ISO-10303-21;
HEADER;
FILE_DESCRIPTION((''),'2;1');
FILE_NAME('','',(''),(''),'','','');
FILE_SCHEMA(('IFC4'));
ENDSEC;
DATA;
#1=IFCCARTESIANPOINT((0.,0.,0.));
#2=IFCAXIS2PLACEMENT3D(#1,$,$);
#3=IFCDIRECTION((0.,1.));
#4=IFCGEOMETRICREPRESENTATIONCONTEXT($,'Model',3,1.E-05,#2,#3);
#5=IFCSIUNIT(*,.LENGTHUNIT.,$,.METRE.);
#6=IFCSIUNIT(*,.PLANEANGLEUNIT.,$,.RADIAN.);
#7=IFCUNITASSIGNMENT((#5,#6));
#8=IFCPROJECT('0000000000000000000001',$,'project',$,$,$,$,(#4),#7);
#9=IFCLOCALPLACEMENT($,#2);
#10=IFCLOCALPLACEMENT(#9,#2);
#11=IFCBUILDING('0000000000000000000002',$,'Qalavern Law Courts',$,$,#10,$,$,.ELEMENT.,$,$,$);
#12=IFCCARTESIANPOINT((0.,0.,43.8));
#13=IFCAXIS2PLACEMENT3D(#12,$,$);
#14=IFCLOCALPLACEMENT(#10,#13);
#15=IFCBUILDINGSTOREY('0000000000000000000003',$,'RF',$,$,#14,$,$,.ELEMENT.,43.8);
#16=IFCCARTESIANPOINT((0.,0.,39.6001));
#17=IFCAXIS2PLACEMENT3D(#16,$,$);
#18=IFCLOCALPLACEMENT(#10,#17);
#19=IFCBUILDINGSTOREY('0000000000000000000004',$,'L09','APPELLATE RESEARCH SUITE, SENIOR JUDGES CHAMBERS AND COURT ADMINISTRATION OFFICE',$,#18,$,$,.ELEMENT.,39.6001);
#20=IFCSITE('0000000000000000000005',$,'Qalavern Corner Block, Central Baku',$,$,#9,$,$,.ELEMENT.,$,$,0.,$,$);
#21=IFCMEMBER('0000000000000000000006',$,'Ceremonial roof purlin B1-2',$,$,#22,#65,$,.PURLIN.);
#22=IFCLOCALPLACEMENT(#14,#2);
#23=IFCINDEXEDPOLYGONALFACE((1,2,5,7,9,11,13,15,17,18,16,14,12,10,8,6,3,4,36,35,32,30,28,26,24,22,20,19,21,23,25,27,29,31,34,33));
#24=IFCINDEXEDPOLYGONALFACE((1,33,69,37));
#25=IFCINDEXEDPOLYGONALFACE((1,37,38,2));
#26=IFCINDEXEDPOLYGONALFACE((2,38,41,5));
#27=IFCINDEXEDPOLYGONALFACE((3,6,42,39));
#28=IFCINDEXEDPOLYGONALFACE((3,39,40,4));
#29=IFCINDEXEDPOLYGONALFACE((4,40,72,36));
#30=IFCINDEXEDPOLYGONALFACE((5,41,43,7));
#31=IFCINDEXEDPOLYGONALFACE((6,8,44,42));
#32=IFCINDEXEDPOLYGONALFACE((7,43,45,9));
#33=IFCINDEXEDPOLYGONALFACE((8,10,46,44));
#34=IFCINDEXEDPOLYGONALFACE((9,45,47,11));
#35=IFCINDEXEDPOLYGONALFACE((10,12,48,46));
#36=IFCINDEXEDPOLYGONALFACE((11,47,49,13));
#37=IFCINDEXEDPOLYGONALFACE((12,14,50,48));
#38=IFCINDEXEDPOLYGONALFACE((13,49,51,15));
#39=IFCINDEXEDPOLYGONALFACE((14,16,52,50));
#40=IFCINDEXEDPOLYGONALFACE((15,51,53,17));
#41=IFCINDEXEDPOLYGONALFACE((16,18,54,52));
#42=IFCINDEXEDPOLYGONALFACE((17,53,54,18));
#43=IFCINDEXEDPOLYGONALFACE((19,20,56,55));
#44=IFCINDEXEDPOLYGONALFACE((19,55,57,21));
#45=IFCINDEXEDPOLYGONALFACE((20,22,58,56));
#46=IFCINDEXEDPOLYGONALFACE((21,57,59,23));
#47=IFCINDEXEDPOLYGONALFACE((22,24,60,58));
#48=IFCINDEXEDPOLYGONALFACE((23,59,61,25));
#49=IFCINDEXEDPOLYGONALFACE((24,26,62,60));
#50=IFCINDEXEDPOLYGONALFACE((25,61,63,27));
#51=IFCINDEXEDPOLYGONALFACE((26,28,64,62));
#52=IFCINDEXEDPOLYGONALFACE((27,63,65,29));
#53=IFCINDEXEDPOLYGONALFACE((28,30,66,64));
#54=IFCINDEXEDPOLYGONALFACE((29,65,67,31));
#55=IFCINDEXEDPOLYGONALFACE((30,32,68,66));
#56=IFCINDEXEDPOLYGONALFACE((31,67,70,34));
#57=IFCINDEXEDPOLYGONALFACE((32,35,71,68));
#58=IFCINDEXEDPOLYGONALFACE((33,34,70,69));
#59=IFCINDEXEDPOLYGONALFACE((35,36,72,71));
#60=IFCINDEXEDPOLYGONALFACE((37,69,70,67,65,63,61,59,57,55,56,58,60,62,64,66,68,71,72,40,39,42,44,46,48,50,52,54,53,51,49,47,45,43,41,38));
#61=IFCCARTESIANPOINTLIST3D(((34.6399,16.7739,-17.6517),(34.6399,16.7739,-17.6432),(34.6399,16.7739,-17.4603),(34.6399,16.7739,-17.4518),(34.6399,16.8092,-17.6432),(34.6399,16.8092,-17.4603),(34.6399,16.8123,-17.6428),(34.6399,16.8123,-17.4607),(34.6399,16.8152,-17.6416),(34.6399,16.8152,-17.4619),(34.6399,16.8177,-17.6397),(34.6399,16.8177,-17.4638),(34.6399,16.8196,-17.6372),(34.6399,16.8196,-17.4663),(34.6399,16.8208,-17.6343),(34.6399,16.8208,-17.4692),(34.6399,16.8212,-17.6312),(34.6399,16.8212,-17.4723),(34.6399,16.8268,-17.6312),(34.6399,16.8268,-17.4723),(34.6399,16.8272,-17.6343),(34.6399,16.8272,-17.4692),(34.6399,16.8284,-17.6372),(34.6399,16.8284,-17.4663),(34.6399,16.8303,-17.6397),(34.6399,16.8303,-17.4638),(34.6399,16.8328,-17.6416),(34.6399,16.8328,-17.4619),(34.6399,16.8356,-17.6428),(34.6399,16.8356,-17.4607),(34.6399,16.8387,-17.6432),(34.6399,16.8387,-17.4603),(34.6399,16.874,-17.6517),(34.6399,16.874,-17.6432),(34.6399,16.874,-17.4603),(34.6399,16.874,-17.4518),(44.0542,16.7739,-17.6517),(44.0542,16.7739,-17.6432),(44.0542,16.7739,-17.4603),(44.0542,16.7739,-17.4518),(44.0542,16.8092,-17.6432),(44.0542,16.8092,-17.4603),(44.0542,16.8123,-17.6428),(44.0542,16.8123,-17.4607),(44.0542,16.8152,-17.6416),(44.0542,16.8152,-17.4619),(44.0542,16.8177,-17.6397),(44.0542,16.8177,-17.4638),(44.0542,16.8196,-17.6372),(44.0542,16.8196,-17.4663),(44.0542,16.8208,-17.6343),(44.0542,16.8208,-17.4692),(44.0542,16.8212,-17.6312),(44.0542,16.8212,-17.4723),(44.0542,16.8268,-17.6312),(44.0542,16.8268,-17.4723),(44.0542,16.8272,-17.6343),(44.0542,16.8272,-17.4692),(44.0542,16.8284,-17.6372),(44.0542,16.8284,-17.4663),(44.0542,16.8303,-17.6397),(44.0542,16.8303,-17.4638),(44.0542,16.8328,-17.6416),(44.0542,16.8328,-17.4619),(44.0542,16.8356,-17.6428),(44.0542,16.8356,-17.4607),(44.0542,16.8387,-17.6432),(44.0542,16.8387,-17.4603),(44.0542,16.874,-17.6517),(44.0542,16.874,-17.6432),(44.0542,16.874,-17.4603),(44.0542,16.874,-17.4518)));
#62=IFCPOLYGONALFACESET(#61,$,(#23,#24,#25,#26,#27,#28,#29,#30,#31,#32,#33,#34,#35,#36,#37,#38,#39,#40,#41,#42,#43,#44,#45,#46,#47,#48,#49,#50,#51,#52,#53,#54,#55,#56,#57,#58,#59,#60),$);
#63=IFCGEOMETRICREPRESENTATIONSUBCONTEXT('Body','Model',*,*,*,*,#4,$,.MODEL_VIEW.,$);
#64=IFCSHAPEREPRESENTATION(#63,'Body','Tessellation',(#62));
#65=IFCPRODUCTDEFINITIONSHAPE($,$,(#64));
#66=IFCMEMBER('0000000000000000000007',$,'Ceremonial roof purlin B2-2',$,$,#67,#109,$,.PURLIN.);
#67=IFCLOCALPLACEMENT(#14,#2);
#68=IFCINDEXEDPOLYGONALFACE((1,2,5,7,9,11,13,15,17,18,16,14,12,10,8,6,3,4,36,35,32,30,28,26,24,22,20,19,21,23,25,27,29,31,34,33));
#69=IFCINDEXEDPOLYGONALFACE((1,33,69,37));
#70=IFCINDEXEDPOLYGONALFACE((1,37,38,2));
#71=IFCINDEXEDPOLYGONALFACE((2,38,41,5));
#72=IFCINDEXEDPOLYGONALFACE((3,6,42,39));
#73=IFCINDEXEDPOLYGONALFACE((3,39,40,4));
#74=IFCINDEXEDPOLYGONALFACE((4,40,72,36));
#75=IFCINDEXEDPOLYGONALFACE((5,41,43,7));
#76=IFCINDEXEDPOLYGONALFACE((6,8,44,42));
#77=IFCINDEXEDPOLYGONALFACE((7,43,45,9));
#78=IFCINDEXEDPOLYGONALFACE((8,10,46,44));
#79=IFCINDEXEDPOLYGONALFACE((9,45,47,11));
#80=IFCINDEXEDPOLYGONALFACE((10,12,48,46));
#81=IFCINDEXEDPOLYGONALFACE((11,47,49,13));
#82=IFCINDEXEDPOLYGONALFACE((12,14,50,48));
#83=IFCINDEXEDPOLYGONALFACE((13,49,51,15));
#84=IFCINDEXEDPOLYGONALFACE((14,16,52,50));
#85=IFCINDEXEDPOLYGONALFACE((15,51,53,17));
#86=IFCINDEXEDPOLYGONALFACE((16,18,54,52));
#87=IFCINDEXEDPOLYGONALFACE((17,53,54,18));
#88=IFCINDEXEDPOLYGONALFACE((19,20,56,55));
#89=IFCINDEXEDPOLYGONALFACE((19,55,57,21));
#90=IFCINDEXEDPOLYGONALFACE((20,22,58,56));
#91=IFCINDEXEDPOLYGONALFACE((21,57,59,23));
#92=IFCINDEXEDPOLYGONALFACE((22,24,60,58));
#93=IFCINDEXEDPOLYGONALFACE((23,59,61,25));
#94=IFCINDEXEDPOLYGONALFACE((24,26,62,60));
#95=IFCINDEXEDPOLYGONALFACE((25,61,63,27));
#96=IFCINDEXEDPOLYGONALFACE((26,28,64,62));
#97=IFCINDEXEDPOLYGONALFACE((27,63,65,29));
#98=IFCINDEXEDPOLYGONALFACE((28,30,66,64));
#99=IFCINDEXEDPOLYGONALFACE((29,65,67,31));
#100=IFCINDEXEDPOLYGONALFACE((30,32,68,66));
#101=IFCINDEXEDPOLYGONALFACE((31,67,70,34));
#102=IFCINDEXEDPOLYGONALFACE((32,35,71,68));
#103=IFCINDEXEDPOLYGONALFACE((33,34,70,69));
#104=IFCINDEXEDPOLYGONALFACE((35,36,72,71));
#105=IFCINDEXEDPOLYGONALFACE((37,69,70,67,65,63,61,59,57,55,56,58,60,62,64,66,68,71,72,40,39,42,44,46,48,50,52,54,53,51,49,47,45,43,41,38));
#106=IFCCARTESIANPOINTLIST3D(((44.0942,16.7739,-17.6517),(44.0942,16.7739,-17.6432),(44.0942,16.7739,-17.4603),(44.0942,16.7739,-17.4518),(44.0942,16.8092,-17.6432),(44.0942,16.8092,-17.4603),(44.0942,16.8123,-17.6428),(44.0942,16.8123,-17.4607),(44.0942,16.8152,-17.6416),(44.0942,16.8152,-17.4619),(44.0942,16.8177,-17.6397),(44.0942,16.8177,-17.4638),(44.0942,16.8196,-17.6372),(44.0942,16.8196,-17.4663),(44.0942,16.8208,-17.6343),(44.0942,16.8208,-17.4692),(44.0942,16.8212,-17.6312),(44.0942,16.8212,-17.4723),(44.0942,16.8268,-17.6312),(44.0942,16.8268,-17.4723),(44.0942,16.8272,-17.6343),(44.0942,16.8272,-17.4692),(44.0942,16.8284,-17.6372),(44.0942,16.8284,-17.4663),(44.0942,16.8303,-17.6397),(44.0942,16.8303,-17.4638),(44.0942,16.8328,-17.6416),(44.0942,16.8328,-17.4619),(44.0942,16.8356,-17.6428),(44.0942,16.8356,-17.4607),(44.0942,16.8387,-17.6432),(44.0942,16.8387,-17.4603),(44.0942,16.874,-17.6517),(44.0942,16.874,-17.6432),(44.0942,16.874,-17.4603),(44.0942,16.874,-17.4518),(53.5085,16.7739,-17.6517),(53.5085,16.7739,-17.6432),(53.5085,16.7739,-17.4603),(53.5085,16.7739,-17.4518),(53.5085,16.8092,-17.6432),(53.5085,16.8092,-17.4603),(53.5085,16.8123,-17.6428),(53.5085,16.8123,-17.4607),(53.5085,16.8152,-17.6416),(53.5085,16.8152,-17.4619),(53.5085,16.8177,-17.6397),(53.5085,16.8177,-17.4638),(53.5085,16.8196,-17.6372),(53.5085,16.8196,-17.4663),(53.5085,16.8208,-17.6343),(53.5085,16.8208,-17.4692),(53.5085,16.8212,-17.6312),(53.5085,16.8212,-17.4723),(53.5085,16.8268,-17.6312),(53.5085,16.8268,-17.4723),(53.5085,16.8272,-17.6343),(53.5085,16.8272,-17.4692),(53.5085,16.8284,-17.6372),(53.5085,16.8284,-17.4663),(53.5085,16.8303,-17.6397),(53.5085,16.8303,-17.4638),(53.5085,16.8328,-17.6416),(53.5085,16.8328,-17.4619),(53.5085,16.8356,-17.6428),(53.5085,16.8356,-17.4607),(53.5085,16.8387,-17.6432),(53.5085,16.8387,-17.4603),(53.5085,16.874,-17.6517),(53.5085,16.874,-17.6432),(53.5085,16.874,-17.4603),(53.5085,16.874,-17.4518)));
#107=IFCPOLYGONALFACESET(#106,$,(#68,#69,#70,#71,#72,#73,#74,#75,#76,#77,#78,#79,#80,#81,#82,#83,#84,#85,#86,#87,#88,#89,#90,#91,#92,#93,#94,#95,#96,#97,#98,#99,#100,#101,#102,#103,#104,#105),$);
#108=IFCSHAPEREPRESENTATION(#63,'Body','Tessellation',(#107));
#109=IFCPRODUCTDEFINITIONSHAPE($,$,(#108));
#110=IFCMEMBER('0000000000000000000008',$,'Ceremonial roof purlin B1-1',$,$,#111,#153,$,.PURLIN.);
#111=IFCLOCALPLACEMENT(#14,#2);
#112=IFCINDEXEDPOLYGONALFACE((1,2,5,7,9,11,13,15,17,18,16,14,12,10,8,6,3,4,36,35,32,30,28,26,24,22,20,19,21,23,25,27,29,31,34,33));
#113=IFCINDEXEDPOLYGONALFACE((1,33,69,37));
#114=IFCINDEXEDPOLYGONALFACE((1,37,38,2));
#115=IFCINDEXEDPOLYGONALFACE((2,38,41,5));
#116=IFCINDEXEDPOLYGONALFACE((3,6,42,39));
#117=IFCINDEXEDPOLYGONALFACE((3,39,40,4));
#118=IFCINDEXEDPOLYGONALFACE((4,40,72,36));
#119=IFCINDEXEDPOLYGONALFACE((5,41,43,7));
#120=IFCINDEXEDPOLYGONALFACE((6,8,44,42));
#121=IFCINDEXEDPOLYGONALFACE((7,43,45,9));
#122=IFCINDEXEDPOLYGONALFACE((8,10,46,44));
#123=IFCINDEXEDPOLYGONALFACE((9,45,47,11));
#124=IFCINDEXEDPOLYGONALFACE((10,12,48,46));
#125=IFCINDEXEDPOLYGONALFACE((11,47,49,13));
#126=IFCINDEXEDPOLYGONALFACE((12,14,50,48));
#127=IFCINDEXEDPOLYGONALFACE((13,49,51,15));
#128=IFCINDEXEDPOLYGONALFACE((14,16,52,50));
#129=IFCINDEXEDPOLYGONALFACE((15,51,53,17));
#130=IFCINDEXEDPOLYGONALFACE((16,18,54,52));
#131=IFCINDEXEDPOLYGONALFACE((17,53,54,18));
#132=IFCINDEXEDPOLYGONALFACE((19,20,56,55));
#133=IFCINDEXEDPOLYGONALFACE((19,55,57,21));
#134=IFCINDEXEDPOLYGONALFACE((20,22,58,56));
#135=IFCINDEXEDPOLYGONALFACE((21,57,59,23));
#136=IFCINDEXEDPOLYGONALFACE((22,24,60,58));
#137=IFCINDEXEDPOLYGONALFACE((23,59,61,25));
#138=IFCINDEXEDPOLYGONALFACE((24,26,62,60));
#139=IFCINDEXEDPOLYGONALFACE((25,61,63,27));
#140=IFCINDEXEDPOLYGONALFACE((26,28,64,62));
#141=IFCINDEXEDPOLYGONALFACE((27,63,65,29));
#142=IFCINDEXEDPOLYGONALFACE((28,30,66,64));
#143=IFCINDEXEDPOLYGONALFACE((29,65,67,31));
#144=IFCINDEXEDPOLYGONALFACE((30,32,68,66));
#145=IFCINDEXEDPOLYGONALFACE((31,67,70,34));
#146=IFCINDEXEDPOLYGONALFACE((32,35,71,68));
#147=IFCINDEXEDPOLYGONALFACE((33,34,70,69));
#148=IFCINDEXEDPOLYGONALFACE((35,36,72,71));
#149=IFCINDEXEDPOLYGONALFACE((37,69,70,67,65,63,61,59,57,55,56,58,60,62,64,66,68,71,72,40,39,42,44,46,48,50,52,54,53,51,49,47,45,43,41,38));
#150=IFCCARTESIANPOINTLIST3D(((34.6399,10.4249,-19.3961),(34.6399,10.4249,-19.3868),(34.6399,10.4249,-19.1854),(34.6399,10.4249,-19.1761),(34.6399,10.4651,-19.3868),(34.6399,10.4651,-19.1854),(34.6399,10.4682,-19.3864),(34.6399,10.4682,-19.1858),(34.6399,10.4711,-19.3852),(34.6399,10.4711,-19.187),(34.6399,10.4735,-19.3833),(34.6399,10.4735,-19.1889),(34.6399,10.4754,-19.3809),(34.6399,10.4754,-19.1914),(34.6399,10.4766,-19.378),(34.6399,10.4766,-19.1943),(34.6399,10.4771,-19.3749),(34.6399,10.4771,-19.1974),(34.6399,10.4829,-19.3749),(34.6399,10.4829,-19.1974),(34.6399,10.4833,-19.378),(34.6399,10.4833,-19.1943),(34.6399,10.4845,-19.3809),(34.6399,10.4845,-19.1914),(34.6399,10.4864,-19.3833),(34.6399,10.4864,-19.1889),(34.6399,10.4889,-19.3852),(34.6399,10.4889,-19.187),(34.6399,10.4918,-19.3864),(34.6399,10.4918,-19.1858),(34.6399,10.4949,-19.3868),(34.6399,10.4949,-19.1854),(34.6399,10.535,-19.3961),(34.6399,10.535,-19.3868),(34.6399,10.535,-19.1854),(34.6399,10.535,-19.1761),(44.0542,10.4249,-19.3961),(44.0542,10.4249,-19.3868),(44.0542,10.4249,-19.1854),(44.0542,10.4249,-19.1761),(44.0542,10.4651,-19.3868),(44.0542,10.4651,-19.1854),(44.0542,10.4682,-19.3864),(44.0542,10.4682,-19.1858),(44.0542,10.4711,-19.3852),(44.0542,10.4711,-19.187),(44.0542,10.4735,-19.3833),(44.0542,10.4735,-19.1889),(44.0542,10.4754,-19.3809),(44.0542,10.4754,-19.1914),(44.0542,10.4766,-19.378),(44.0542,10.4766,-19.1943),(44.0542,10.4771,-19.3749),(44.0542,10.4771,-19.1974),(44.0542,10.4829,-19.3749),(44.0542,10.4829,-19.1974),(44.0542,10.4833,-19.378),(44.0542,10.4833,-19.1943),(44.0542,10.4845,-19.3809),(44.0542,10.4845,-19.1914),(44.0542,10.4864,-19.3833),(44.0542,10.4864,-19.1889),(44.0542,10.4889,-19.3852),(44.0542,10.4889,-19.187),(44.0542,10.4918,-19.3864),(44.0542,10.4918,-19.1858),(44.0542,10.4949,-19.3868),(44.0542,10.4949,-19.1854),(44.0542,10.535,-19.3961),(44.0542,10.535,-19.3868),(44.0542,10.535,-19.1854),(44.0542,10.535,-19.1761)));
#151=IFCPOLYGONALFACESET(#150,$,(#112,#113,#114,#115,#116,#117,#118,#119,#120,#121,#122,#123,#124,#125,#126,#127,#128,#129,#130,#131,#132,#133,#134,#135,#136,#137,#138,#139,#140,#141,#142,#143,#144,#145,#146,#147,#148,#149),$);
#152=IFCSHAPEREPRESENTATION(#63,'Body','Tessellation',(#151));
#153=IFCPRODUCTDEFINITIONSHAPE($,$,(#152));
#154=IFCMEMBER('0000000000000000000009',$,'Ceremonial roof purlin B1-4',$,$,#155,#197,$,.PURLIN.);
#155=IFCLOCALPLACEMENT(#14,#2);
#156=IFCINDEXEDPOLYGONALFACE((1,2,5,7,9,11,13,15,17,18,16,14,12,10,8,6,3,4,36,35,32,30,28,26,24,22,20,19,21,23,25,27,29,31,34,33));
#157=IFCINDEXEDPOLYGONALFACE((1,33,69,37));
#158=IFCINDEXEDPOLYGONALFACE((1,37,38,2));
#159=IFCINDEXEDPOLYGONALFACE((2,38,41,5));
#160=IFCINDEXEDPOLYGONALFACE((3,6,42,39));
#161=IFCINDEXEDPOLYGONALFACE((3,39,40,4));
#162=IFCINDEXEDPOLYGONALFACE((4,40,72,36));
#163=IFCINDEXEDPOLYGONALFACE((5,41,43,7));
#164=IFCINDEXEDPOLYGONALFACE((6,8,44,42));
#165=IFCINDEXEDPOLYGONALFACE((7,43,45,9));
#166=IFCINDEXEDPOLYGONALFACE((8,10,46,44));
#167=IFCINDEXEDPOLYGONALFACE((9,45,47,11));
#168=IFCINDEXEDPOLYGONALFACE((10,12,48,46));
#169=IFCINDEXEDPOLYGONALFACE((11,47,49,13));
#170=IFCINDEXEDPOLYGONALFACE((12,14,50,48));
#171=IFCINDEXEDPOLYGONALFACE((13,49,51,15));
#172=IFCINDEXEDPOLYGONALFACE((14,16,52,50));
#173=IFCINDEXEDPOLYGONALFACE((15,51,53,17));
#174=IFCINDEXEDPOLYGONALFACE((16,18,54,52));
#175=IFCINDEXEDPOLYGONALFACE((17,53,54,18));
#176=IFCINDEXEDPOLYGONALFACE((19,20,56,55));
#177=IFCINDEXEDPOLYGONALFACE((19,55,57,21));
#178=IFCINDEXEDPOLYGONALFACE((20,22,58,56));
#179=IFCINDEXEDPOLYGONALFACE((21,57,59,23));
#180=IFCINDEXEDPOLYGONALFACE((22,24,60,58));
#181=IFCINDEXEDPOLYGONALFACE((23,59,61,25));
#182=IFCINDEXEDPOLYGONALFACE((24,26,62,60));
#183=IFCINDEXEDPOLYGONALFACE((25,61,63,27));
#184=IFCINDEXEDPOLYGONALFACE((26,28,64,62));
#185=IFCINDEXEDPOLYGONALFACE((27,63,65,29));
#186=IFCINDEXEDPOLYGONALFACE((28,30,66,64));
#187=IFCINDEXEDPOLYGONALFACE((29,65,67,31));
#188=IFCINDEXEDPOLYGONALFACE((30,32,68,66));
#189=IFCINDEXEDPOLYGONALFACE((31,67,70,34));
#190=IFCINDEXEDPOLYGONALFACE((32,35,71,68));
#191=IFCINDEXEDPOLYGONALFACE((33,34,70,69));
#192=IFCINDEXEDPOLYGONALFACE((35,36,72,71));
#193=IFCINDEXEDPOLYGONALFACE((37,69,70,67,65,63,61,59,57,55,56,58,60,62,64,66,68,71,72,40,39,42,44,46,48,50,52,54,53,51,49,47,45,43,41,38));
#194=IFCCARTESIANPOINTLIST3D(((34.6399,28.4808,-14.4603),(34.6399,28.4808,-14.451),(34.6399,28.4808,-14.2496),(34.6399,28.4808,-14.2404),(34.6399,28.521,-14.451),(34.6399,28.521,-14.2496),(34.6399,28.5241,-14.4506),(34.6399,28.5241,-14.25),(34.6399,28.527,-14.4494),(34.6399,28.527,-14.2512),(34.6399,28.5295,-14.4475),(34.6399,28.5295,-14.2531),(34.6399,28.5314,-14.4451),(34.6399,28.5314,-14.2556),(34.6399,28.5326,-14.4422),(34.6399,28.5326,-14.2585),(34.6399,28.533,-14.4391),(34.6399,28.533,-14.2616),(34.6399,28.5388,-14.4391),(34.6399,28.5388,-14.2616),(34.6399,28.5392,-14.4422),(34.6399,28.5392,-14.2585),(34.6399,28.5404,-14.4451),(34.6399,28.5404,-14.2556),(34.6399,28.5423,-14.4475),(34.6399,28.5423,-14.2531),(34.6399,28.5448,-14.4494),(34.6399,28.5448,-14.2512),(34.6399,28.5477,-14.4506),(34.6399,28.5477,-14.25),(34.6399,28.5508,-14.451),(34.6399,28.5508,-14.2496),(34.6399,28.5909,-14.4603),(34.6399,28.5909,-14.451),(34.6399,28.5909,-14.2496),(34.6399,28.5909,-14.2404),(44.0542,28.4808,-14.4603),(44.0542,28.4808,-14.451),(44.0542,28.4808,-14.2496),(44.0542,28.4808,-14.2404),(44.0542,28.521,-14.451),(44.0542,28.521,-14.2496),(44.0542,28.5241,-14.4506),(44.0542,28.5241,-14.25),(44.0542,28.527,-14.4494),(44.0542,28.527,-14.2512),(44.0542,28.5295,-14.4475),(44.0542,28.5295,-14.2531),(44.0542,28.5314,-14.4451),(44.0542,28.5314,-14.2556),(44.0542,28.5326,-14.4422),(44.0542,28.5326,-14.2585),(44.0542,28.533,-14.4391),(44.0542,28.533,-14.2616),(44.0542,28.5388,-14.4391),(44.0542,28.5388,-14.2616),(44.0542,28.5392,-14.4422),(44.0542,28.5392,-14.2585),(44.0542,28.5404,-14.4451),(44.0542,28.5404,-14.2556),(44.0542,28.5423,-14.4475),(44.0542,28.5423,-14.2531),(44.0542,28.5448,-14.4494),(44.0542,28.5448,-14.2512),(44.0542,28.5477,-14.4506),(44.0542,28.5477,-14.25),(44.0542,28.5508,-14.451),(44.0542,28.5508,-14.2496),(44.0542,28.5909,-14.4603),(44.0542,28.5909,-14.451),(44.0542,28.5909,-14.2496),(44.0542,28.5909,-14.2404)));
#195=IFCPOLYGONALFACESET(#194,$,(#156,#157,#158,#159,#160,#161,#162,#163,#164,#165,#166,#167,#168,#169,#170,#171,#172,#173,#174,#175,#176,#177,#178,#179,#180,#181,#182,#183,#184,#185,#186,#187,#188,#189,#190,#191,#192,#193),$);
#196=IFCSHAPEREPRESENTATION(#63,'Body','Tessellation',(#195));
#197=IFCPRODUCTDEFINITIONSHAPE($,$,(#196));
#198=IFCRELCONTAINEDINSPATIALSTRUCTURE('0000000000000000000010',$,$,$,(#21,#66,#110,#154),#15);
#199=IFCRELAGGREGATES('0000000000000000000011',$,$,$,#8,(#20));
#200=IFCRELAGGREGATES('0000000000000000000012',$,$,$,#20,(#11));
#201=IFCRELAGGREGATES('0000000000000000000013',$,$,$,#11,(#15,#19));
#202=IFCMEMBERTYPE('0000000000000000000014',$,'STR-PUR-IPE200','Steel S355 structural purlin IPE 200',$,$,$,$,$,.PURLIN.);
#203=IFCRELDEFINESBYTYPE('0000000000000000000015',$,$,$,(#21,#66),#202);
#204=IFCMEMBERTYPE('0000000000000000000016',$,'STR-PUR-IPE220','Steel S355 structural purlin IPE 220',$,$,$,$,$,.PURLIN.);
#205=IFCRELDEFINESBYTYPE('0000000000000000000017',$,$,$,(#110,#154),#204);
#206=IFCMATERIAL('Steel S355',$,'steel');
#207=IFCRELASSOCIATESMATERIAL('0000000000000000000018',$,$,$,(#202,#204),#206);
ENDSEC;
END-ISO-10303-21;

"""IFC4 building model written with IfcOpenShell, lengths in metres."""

from ifc_helpers import new_model, si_unit, direction, frame, origin, origin_2d, place, context, subcontext, project, spatial, i_section, extrude, material, material_profile, profile_set, type_object, element, save


model = new_model("IFC4")

# Units and contexts
model_context = context("Model", 3, precision=1e-05, world=origin(), true_north=direction((0.0, 1.0)))
body_context = subcontext(model_context, "Body", "Model", "MODEL_VIEW")
ifc_project = project(units=[si_unit("LENGTHUNIT", "METRE"), si_unit("PLANEANGLEUNIT", "RADIAN")], contexts=[model_context])

# Site, building, storey
site_placement = place(None, origin())
site = spatial("IfcSite", under=ifc_project, at=site_placement, Name="Qalavern Corner Block, Central Baku", CompositionType="ELEMENT", RefElevation=0.0)
building_placement = place(site_placement, origin())
building = spatial("IfcBuilding", under=site, at=building_placement, Name="Qalavern Law Courts", CompositionType="ELEMENT")
storey_1_placement = place(building_placement, frame((0.0, 0.0, 43.8)))
storey_1 = spatial("IfcBuildingStorey", under=building, at=storey_1_placement, Name="RF", CompositionType="ELEMENT", Elevation=43.8)

# Shared definitions
ifc_material_1 = material(Name="Steel S355", Category="steel")

# Members
ifc_material_profile_1 = material_profile(ifc_material_1, i_section(OverallWidth=0.1001, OverallDepth=0.2, WebThickness=0.0056, FlangeThickness=0.0085, FilletRadius=0.012, at=origin_2d()), Name="IPE 200")
ifc_profile_set_1 = profile_set([ifc_material_profile_1], Name="Steel S355")
member_type_1 = type_object("IfcMemberType", Name="STR-PUR-IPE200", Description="Steel S355 structural purlin IPE 200", PredefinedType="PURLIN", material=ifc_profile_set_1)
for number, where, z_axis, x_axis, name in (
    (1, (34.6399, 16.824, -17.5518), (1.0, 0.0, 0.0), (0.0, 1.0, 0.0), "Ceremonial roof purlin B1-2"),
    (2, (44.0942, 16.824, -17.5518), (1.0, 0.0, 0.0), (0.0, 1.0, 0.0), "Ceremonial roof purlin B2-2"),
):
    element("IfcMember", number, at=place(storey_1_placement, frame(where, z_axis=z_axis, x_axis=x_axis)), inside=storey_1, type_object=member_type_1, Name=name, PredefinedType="PURLIN", context=body_context, shape_type="SweptSolid", body=[
        extrude(i_section(OverallWidth=0.1001, OverallDepth=0.2, WebThickness=0.0056, FlangeThickness=0.0085, FilletRadius=0.012, at=origin_2d()), origin(), (0.0, 0.0, 1.0), 9.4143),
    ])
ifc_material_profile_2 = material_profile(ifc_material_1, i_section(OverallWidth=0.1101, OverallDepth=0.22, WebThickness=0.0059, FlangeThickness=0.0093, FilletRadius=0.012, at=origin_2d()), Name="IPE 220")
ifc_profile_set_2 = profile_set([ifc_material_profile_2], Name="Steel S355")
member_type_2 = type_object("IfcMemberType", Name="STR-PUR-IPE220", Description="Steel S355 structural purlin IPE 220", PredefinedType="PURLIN", material=ifc_profile_set_2)
for number, where, z_axis, x_axis, name in (
    (3, (34.6399, 10.48, -19.2861), (1.0, 0.0, 0.0), (0.0, 1.0, 0.0), "Ceremonial roof purlin B1-1"),
    (4, (34.6399, 28.5359, -14.3503), (1.0, 0.0, 0.0), (0.0, 1.0, 0.0), "Ceremonial roof purlin B1-4"),
):
    element("IfcMember", number, at=place(storey_1_placement, frame(where, z_axis=z_axis, x_axis=x_axis)), inside=storey_1, type_object=member_type_2, Name=name, PredefinedType="PURLIN", context=body_context, shape_type="SweptSolid", body=[
        extrude(i_section(OverallWidth=0.1101, OverallDepth=0.22, WebThickness=0.0059, FlangeThickness=0.0093, FilletRadius=0.012, at=origin_2d()), origin(), (0.0, 0.0, 1.0), 9.4143),
    ])

# Shared definitions
storey_2_placement = place(building_placement, frame((0.0, 0.0, 39.6001)))
storey_2 = spatial("IfcBuildingStorey", under=building, at=storey_2_placement, Name="L09", Description="APPELLATE RESEARCH SUITE, SENIOR JUDGES CHAMBERS AND COURT ADMINISTRATION OFFICE", CompositionType="ELEMENT", Elevation=39.6001)

save(model, "model.ifc")
